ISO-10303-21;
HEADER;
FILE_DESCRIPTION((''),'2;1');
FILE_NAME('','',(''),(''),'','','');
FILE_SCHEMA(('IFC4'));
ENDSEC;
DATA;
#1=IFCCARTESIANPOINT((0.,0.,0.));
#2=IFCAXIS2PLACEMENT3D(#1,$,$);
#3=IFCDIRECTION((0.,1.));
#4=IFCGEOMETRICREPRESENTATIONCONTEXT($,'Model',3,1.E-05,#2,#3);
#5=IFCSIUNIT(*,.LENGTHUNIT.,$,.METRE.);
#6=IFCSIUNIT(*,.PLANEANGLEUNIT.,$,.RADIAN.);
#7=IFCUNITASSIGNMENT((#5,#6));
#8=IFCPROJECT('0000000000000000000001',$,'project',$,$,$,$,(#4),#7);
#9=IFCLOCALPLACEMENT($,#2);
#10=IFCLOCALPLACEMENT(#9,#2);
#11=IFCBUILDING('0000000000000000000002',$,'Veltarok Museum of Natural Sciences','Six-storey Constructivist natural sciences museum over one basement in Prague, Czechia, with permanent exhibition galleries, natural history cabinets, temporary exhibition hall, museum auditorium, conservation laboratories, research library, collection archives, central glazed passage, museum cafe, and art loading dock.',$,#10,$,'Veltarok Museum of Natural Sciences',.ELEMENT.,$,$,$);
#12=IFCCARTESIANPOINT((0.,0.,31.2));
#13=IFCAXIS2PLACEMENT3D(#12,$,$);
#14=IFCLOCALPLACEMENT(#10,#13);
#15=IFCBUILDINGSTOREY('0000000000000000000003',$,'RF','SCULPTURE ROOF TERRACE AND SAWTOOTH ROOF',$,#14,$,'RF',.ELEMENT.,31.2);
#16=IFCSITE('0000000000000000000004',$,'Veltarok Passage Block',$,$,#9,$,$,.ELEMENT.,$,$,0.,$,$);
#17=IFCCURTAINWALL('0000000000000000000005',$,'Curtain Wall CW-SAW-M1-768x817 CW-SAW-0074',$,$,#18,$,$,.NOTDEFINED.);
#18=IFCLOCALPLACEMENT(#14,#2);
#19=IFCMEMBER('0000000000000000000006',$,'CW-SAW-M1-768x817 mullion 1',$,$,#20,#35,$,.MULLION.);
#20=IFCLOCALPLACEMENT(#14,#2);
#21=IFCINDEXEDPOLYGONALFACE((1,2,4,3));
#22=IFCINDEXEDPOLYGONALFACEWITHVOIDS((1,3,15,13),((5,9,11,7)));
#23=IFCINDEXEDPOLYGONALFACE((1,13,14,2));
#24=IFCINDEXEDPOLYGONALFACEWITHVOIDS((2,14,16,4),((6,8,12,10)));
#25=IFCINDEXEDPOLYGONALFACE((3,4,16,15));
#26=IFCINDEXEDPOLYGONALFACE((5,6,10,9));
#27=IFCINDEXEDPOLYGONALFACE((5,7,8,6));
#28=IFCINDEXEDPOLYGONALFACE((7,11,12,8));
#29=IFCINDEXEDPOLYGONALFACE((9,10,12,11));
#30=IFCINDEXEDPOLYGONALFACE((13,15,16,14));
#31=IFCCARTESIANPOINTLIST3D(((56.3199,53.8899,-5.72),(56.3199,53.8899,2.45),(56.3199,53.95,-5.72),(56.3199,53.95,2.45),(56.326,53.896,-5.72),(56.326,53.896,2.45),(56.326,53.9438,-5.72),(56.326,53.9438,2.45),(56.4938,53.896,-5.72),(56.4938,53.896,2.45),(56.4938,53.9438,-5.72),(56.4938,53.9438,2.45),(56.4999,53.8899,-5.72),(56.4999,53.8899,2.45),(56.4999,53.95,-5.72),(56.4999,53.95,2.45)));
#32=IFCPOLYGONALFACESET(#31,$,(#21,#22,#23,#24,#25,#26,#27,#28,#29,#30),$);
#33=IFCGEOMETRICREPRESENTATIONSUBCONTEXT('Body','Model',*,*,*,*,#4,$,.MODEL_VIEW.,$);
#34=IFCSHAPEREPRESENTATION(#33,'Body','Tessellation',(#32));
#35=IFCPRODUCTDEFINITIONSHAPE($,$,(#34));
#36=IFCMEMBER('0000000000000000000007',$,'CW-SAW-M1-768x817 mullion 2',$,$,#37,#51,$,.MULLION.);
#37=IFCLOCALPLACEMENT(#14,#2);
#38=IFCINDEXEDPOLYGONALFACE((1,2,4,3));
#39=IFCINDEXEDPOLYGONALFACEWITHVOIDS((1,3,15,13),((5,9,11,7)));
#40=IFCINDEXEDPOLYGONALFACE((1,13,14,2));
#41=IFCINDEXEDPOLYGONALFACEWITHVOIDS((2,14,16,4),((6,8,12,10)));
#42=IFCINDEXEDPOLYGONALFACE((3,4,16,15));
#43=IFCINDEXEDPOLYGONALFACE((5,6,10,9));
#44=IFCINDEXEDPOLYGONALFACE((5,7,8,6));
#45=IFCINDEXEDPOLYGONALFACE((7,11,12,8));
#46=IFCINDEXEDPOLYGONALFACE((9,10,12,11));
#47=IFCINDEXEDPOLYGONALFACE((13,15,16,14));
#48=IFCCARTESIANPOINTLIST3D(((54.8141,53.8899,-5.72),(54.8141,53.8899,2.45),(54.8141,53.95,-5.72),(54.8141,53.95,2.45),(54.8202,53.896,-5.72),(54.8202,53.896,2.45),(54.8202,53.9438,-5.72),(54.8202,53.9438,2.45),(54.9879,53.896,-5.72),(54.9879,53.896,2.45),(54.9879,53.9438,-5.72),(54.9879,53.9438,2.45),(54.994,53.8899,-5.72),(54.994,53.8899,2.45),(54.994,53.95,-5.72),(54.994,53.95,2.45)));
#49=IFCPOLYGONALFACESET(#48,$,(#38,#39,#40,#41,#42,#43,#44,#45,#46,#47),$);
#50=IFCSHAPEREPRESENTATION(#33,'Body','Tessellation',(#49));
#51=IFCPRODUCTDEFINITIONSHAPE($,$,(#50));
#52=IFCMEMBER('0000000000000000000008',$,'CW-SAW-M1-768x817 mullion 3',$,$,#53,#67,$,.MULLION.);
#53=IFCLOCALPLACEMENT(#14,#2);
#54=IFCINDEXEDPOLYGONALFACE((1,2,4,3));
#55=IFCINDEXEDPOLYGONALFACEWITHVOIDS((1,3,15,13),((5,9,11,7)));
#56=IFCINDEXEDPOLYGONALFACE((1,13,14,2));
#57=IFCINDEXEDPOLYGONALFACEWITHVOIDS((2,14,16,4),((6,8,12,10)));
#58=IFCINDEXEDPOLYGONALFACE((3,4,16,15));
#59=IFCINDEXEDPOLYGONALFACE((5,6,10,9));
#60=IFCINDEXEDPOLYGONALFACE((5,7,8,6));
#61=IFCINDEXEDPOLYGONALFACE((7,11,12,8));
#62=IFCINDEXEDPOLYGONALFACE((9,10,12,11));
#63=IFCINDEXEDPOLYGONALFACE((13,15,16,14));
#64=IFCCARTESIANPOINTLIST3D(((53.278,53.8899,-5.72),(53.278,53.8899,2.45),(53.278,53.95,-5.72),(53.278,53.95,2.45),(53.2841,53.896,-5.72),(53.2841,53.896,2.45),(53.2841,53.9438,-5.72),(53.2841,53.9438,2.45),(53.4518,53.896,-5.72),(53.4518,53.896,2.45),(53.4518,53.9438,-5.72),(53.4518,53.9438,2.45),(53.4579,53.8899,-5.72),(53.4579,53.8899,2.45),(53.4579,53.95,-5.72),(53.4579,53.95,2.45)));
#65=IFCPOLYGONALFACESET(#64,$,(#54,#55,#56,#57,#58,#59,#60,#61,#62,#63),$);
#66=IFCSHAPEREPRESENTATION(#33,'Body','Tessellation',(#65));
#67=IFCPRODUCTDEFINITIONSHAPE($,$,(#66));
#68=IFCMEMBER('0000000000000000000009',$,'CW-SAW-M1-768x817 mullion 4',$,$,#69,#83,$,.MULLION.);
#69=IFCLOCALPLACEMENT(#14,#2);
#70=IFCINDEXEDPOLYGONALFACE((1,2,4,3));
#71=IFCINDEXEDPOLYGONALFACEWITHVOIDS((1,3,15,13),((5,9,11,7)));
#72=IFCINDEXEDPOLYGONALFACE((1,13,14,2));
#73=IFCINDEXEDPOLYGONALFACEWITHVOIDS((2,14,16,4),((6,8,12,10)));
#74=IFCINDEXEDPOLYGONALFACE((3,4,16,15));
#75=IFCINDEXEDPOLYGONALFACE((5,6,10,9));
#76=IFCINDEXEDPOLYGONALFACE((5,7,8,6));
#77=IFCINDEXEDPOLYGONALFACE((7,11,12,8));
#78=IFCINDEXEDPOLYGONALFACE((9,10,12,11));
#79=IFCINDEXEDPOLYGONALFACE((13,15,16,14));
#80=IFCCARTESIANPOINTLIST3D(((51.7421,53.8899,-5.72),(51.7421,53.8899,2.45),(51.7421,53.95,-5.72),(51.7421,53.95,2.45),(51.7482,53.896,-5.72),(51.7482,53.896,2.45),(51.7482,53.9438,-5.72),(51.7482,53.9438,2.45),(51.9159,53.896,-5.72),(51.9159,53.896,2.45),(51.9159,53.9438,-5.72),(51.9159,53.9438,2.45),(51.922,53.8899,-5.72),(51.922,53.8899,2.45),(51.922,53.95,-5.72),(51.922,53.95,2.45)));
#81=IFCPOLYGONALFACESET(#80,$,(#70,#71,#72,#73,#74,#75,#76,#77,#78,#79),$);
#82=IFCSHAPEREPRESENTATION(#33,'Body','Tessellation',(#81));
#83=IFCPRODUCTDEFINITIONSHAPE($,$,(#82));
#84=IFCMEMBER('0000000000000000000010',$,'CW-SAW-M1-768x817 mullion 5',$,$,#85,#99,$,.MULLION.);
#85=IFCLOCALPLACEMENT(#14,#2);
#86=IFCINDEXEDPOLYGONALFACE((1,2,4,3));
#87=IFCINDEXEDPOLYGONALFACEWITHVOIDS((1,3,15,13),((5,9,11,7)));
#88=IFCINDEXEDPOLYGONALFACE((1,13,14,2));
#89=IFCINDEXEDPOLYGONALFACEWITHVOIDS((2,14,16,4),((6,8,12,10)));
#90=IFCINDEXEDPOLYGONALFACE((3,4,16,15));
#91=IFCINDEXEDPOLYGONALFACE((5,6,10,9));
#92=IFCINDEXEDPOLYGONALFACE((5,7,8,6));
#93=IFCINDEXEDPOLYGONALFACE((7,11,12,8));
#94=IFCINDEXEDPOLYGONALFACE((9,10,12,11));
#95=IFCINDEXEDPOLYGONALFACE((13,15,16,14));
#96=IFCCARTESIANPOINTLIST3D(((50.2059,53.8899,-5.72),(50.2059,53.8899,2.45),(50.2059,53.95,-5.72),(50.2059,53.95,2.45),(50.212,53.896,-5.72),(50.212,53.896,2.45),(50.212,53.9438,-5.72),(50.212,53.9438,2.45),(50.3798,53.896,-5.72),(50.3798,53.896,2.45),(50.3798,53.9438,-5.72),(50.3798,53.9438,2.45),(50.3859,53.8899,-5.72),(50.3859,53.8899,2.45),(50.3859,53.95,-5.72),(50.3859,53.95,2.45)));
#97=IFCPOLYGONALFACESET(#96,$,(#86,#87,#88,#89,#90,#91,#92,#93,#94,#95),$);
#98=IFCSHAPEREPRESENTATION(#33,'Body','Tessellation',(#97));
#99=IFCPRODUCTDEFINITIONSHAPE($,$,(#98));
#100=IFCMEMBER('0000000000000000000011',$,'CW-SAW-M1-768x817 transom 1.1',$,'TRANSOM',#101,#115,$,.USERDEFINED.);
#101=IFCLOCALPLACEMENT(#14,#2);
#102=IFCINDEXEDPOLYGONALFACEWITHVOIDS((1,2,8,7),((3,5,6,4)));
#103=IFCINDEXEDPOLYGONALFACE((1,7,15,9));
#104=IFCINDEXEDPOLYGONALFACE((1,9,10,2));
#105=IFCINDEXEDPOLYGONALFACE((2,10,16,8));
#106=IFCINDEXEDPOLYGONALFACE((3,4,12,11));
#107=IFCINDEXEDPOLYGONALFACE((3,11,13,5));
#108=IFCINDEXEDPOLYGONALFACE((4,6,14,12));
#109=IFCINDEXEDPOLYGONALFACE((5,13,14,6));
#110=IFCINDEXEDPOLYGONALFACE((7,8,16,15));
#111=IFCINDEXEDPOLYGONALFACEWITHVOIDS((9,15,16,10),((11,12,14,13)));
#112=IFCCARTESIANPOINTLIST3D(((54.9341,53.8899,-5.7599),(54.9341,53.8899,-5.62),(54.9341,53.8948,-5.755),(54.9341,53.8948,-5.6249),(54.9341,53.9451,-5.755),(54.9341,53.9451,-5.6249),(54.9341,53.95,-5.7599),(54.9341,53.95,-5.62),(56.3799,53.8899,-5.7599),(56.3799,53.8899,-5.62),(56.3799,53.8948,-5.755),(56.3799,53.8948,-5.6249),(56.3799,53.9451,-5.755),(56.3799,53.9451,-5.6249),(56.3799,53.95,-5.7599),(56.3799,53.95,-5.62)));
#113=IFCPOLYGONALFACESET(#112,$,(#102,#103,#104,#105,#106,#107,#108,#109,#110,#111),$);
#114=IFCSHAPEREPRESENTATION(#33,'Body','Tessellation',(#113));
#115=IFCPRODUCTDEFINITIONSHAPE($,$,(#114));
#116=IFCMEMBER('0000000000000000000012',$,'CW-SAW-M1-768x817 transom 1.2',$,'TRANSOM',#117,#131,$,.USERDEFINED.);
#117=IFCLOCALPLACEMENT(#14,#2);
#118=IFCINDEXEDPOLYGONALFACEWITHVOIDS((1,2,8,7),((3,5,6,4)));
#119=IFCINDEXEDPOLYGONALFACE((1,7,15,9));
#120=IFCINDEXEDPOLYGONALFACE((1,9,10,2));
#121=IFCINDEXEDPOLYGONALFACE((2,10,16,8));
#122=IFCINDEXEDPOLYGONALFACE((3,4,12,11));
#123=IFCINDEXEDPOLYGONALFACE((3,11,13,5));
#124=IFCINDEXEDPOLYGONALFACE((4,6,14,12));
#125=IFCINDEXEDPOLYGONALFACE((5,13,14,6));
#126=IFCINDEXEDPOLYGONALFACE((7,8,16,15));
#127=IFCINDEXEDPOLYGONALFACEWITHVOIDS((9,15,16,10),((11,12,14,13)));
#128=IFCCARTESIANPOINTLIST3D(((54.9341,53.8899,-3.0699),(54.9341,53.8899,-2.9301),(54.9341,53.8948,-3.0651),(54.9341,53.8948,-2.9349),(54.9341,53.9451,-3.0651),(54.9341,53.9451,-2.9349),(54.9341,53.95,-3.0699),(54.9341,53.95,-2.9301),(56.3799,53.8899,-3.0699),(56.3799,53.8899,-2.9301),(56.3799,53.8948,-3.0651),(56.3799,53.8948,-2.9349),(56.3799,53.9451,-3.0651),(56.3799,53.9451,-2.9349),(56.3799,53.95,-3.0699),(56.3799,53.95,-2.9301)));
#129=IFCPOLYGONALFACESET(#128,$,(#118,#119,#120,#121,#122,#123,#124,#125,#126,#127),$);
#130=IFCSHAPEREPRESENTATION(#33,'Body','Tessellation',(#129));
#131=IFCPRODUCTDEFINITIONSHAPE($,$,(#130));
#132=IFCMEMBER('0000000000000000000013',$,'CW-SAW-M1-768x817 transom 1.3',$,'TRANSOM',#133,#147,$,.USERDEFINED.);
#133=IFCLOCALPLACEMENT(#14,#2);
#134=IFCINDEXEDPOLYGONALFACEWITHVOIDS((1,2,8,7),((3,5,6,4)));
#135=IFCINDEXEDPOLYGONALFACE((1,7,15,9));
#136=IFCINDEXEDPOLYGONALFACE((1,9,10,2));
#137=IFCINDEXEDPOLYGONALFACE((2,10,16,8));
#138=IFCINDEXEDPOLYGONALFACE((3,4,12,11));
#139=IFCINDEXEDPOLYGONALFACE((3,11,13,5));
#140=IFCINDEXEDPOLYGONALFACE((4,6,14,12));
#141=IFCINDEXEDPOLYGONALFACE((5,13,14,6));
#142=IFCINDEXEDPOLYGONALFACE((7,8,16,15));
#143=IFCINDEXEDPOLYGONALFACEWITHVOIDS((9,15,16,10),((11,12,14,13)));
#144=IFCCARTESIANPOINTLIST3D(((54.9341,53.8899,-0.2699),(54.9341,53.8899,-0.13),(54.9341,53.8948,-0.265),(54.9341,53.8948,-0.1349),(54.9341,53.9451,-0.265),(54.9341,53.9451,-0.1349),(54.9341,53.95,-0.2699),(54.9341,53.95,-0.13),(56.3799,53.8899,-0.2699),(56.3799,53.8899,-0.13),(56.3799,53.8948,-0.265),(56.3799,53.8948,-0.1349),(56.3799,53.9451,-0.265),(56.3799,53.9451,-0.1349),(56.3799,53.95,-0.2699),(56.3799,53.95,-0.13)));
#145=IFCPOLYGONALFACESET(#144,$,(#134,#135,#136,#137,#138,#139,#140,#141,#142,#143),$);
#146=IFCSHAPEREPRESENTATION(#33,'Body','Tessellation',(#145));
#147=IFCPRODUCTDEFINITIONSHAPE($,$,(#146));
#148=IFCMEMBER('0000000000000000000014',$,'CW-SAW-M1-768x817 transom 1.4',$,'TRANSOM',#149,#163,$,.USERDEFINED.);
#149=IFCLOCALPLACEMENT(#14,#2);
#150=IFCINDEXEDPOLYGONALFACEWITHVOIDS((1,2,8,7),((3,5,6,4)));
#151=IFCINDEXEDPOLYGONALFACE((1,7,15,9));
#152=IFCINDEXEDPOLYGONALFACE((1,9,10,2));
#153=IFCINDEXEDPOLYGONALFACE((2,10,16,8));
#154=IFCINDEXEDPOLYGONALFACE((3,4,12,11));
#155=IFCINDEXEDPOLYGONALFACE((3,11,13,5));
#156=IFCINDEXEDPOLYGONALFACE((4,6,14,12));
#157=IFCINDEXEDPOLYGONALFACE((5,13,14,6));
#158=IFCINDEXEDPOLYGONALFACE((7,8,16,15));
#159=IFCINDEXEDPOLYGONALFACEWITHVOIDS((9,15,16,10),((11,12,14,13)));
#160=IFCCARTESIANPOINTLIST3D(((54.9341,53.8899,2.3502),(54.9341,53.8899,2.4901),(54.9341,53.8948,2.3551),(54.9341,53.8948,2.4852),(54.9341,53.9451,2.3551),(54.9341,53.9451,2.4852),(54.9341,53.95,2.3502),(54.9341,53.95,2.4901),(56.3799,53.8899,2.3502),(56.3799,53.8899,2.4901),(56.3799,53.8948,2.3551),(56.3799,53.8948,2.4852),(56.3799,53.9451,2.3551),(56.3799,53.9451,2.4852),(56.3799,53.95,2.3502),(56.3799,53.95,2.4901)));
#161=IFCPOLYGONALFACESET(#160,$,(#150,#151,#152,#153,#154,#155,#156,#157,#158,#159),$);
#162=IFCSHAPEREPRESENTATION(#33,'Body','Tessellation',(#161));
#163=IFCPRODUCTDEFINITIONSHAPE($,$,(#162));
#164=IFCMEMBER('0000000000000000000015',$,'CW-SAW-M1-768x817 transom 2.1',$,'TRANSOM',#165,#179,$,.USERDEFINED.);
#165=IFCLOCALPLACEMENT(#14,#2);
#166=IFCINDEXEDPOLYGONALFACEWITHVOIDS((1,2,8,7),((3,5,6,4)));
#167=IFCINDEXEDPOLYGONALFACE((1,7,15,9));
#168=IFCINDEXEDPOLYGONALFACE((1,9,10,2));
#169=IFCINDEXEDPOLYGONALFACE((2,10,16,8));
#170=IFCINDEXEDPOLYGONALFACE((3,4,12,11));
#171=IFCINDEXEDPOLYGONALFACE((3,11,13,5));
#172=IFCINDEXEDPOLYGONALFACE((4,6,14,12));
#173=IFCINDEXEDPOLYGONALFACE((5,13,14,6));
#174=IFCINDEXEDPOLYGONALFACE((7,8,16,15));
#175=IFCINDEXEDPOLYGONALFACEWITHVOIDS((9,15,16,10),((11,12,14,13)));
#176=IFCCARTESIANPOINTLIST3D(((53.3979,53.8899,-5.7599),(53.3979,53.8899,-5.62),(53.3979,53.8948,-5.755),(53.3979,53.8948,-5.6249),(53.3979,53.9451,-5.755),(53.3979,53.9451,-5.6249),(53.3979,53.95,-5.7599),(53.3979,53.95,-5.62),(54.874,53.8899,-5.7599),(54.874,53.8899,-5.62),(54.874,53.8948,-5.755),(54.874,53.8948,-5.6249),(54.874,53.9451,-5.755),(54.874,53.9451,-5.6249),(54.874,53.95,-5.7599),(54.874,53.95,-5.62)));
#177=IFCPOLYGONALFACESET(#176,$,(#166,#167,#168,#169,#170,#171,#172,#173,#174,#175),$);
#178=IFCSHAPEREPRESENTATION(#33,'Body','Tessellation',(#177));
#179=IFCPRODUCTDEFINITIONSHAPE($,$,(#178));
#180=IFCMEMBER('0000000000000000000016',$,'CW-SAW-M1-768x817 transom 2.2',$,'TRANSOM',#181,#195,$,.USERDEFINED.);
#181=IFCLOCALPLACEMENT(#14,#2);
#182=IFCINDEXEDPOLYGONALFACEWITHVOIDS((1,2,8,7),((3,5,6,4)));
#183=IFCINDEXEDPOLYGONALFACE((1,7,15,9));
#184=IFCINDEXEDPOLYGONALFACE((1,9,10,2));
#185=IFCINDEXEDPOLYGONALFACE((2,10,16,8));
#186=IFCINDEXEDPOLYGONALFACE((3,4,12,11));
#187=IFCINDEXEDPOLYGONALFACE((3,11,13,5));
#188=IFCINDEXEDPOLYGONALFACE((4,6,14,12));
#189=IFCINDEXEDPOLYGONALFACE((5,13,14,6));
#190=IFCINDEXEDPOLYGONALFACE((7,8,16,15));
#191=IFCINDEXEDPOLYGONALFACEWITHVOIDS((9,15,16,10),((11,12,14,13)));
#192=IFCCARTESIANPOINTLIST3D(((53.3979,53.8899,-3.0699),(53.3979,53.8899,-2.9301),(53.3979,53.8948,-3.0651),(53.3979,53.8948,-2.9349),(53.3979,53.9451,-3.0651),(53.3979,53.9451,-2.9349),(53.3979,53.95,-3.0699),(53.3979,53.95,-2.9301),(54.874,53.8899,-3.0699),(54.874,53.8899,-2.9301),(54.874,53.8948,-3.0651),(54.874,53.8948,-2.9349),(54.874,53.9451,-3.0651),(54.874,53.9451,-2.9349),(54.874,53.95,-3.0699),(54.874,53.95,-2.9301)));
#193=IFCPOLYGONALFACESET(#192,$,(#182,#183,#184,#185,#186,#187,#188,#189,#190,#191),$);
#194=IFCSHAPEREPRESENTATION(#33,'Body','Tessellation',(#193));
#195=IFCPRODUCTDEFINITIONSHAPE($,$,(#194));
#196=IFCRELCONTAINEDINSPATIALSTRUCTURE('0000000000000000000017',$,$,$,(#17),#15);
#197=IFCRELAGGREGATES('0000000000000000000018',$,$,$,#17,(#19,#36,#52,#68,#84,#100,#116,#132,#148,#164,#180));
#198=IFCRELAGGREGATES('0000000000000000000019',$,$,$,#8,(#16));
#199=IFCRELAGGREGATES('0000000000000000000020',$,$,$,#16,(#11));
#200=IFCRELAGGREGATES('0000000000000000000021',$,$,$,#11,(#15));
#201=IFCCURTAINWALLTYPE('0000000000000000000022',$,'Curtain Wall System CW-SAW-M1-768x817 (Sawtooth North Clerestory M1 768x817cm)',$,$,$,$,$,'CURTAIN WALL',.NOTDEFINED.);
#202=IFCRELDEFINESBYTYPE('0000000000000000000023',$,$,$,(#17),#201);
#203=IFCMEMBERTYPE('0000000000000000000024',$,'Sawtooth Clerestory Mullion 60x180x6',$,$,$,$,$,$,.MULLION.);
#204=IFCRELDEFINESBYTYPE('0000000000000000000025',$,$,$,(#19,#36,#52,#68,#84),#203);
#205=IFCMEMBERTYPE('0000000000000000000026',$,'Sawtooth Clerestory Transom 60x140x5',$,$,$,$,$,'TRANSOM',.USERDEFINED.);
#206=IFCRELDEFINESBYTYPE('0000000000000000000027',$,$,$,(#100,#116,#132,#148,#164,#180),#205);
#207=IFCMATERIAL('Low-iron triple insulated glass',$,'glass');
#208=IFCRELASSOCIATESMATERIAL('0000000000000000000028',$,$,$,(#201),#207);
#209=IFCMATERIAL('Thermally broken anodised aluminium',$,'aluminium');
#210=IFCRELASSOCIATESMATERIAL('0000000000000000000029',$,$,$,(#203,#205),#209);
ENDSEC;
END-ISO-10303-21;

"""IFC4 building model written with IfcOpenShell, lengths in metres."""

from ifc_helpers import new_model, si_unit, direction, frame, origin, origin_2d, place, context, subcontext, project, spatial, hollow_rectangle, extrude, material, material_profile, profile_set, type_object, element, aggregate, save


model = new_model("IFC4")

# Units and contexts
model_context = context("Model", 3, precision=1e-05, world=origin(), true_north=direction((0.0, 1.0)))
body_context = subcontext(model_context, "Body", "Model", "MODEL_VIEW")
ifc_project = project(units=[si_unit("LENGTHUNIT", "METRE"), si_unit("PLANEANGLEUNIT", "RADIAN")], contexts=[model_context])

# Site, building, storey
site_placement = place(None, origin())
site = spatial("IfcSite", under=ifc_project, at=site_placement, Name="Veltarok Passage Block", CompositionType="ELEMENT", RefElevation=0.0)
building_placement = place(site_placement, origin())
building = spatial("IfcBuilding", under=site, at=building_placement, Name="Veltarok Museum of Natural Sciences", Description="Six-storey Constructivist natural sciences museum over one basement in Prague, Czechia, with permanent exhibition galleries, natural history cabinets, temporary exhibition hall, museum auditorium, conservation laboratories, research library, collection archives, central glazed passage, museum cafe, and art loading dock.", LongName="Veltarok Museum of Natural Sciences", CompositionType="ELEMENT")
storey_placement = place(building_placement, frame((0.0, 0.0, 31.2)))
storey = spatial("IfcBuildingStorey", under=building, at=storey_placement, Name="RF", Description="SCULPTURE ROOF TERRACE AND SAWTOOTH ROOF", LongName="RF", CompositionType="ELEMENT", Elevation=31.2)

# Curtain wall, members
ifc_material_1 = material(Name="Low-iron triple insulated glass", Category="glass")
curtain_wall_type = type_object("IfcCurtainWallType", Name="Curtain Wall System CW-SAW-M1-768x817 (Sawtooth North Clerestory M1 768x817cm)", ElementType="CURTAIN WALL", PredefinedType="NOTDEFINED", material=ifc_material_1)
curtain_wall_placement = place(storey_placement, origin())
curtain_wall = element("IfcCurtainWall", 1, at=curtain_wall_placement, inside=storey, type_object=curtain_wall_type, Name="Curtain Wall CW-SAW-M1-768x817 CW-SAW-0074", PredefinedType="NOTDEFINED")
ifc_material_2 = material(Name="Thermally broken anodised aluminium", Category="aluminium")
ifc_material_profile_1 = material_profile(ifc_material_2, hollow_rectangle(XDim=0.0601, YDim=0.1799, WallThickness=0.0061, at=origin_2d()), Name="CW MULLION 60x180x6")
ifc_profile_set_1 = profile_set([ifc_material_profile_1], Name="Thermally broken anodised aluminium")
member_type_1 = type_object("IfcMemberType", Name="Sawtooth Clerestory Mullion 60x180x6", PredefinedType="MULLION", material=ifc_profile_set_1)
member_1_placement = place(storey_placement, frame((56.4099, 53.9199, -5.72), z_axis=(0.0, 0.0, 1.0), x_axis=(0.0, -1.0, 0.0)))
member_1 = element("IfcMember", 2, at=member_1_placement, type_object=member_type_1, Name="CW-SAW-M1-768x817 mullion 1", PredefinedType="MULLION", context=body_context, shape_type="SweptSolid", body=[
    extrude(hollow_rectangle(XDim=0.0601, YDim=0.1799, WallThickness=0.0061, at=origin_2d()), origin(), (0.0, 0.0, 1.0), 8.1699),
])
member_2_placement = place(storey_placement, frame((54.9041, 53.9199, -5.72), z_axis=(0.0, 0.0, 1.0), x_axis=(0.0, -1.0, 0.0)))
member_2 = element("IfcMember", 3, at=member_2_placement, type_object=member_type_1, Name="CW-SAW-M1-768x817 mullion 2", PredefinedType="MULLION", context=body_context, shape_type="SweptSolid", body=[
    extrude(hollow_rectangle(XDim=0.0601, YDim=0.1799, WallThickness=0.0061, at=origin_2d()), origin(), (0.0, 0.0, 1.0), 8.1699),
])
member_3_placement = place(storey_placement, frame((53.3679, 53.9199, -5.72), z_axis=(0.0, 0.0, 1.0), x_axis=(0.0, -1.0, 0.0)))
member_3 = element("IfcMember", 4, at=member_3_placement, type_object=member_type_1, Name="CW-SAW-M1-768x817 mullion 3", PredefinedType="MULLION", context=body_context, shape_type="SweptSolid", body=[
    extrude(hollow_rectangle(XDim=0.0601, YDim=0.1799, WallThickness=0.0061, at=origin_2d()), origin(), (0.0, 0.0, 1.0), 8.1699),
])
member_4_placement = place(storey_placement, frame((51.832, 53.9199, -5.72), z_axis=(0.0, 0.0, 1.0), x_axis=(0.0, -1.0, 0.0)))
member_4 = element("IfcMember", 5, at=member_4_placement, type_object=member_type_1, Name="CW-SAW-M1-768x817 mullion 4", PredefinedType="MULLION", context=body_context, shape_type="SweptSolid", body=[
    extrude(hollow_rectangle(XDim=0.0601, YDim=0.1799, WallThickness=0.0061, at=origin_2d()), origin(), (0.0, 0.0, 1.0), 8.1699),
])
member_5_placement = place(storey_placement, frame((50.2959, 53.9199, -5.72), z_axis=(0.0, 0.0, 1.0), x_axis=(0.0, -1.0, 0.0)))
member_5 = element("IfcMember", 6, at=member_5_placement, type_object=member_type_1, Name="CW-SAW-M1-768x817 mullion 5", PredefinedType="MULLION", context=body_context, shape_type="SweptSolid", body=[
    extrude(hollow_rectangle(XDim=0.0601, YDim=0.1799, WallThickness=0.0061, at=origin_2d()), origin(), (0.0, 0.0, 1.0), 8.1699),
])
ifc_material_profile_2 = material_profile(ifc_material_2, hollow_rectangle(XDim=0.0601, YDim=0.1399, WallThickness=0.0049, at=origin_2d()), Name="CW TRANSOM 60x140x5")
ifc_profile_set_2 = profile_set([ifc_material_profile_2], Name="Thermally broken anodised aluminium")
member_type_2 = type_object("IfcMemberType", Name="Sawtooth Clerestory Transom 60x140x5", ElementType="TRANSOM", PredefinedType="USERDEFINED", material=ifc_profile_set_2)
member_6_placement = place(storey_placement, frame((56.3799, 53.9199, -5.6899), z_axis=(-1.0, 0.0, 0.0), x_axis=(0.0, -1.0, 0.0)))
member_6 = element("IfcMember", 7, at=member_6_placement, type_object=member_type_2, Name="CW-SAW-M1-768x817 transom 1.1", ObjectType="TRANSOM", PredefinedType="USERDEFINED", context=body_context, shape_type="SweptSolid", body=[
    extrude(hollow_rectangle(XDim=0.0601, YDim=0.1399, WallThickness=0.0049, at=origin_2d()), origin(), (0.0, 0.0, 1.0), 1.4458),
])
member_7_placement = place(storey_placement, frame((56.3799, 53.9199, -3.0), z_axis=(-1.0, 0.0, 0.0), x_axis=(0.0, -1.0, 0.0)))
member_7 = element("IfcMember", 8, at=member_7_placement, type_object=member_type_2, Name="CW-SAW-M1-768x817 transom 1.2", ObjectType="TRANSOM", PredefinedType="USERDEFINED", context=body_context, shape_type="SweptSolid", body=[
    extrude(hollow_rectangle(XDim=0.0601, YDim=0.1399, WallThickness=0.0049, at=origin_2d()), origin(), (0.0, 0.0, 1.0), 1.4458),
])
member_8_placement = place(storey_placement, frame((56.3799, 53.9199, -0.2), z_axis=(-1.0, 0.0, 0.0), x_axis=(0.0, -1.0, 0.0)))
member_8 = element("IfcMember", 9, at=member_8_placement, type_object=member_type_2, Name="CW-SAW-M1-768x817 transom 1.3", ObjectType="TRANSOM", PredefinedType="USERDEFINED", context=body_context, shape_type="SweptSolid", body=[
    extrude(hollow_rectangle(XDim=0.0601, YDim=0.1399, WallThickness=0.0049, at=origin_2d()), origin(), (0.0, 0.0, 1.0), 1.4458),
])
member_9_placement = place(storey_placement, frame((56.3799, 53.9199, 2.4202), z_axis=(-1.0, 0.0, 0.0), x_axis=(0.0, -1.0, 0.0)))
member_9 = element("IfcMember", 10, at=member_9_placement, type_object=member_type_2, Name="CW-SAW-M1-768x817 transom 1.4", ObjectType="TRANSOM", PredefinedType="USERDEFINED", context=body_context, shape_type="SweptSolid", body=[
    extrude(hollow_rectangle(XDim=0.0601, YDim=0.1399, WallThickness=0.0049, at=origin_2d()), origin(), (0.0, 0.0, 1.0), 1.4458),
])
member_10_placement = place(storey_placement, frame((54.874, 53.9199, -5.6899), z_axis=(-1.0, 0.0, 0.0), x_axis=(0.0, -1.0, 0.0)))
member_10 = element("IfcMember", 11, at=member_10_placement, type_object=member_type_2, Name="CW-SAW-M1-768x817 transom 2.1", ObjectType="TRANSOM", PredefinedType="USERDEFINED", context=body_context, shape_type="SweptSolid", body=[
    extrude(hollow_rectangle(XDim=0.0601, YDim=0.1399, WallThickness=0.0049, at=origin_2d()), origin(), (0.0, 0.0, 1.0), 1.4761),
])
member_11_placement = place(storey_placement, frame((54.874, 53.9199, -3.0), z_axis=(-1.0, 0.0, 0.0), x_axis=(0.0, -1.0, 0.0)))
member_11 = element("IfcMember", 12, at=member_11_placement, type_object=member_type_2, Name="CW-SAW-M1-768x817 transom 2.2", ObjectType="TRANSOM", PredefinedType="USERDEFINED", context=body_context, shape_type="SweptSolid", body=[
    extrude(hollow_rectangle(XDim=0.0601, YDim=0.1399, WallThickness=0.0049, at=origin_2d()), origin(), (0.0, 0.0, 1.0), 1.4761),
])
aggregate(curtain_wall, [member_1, member_2, member_3, member_4, member_5, member_6, member_7, member_8, member_9, member_10, member_11])

save(model, "model.ifc")
